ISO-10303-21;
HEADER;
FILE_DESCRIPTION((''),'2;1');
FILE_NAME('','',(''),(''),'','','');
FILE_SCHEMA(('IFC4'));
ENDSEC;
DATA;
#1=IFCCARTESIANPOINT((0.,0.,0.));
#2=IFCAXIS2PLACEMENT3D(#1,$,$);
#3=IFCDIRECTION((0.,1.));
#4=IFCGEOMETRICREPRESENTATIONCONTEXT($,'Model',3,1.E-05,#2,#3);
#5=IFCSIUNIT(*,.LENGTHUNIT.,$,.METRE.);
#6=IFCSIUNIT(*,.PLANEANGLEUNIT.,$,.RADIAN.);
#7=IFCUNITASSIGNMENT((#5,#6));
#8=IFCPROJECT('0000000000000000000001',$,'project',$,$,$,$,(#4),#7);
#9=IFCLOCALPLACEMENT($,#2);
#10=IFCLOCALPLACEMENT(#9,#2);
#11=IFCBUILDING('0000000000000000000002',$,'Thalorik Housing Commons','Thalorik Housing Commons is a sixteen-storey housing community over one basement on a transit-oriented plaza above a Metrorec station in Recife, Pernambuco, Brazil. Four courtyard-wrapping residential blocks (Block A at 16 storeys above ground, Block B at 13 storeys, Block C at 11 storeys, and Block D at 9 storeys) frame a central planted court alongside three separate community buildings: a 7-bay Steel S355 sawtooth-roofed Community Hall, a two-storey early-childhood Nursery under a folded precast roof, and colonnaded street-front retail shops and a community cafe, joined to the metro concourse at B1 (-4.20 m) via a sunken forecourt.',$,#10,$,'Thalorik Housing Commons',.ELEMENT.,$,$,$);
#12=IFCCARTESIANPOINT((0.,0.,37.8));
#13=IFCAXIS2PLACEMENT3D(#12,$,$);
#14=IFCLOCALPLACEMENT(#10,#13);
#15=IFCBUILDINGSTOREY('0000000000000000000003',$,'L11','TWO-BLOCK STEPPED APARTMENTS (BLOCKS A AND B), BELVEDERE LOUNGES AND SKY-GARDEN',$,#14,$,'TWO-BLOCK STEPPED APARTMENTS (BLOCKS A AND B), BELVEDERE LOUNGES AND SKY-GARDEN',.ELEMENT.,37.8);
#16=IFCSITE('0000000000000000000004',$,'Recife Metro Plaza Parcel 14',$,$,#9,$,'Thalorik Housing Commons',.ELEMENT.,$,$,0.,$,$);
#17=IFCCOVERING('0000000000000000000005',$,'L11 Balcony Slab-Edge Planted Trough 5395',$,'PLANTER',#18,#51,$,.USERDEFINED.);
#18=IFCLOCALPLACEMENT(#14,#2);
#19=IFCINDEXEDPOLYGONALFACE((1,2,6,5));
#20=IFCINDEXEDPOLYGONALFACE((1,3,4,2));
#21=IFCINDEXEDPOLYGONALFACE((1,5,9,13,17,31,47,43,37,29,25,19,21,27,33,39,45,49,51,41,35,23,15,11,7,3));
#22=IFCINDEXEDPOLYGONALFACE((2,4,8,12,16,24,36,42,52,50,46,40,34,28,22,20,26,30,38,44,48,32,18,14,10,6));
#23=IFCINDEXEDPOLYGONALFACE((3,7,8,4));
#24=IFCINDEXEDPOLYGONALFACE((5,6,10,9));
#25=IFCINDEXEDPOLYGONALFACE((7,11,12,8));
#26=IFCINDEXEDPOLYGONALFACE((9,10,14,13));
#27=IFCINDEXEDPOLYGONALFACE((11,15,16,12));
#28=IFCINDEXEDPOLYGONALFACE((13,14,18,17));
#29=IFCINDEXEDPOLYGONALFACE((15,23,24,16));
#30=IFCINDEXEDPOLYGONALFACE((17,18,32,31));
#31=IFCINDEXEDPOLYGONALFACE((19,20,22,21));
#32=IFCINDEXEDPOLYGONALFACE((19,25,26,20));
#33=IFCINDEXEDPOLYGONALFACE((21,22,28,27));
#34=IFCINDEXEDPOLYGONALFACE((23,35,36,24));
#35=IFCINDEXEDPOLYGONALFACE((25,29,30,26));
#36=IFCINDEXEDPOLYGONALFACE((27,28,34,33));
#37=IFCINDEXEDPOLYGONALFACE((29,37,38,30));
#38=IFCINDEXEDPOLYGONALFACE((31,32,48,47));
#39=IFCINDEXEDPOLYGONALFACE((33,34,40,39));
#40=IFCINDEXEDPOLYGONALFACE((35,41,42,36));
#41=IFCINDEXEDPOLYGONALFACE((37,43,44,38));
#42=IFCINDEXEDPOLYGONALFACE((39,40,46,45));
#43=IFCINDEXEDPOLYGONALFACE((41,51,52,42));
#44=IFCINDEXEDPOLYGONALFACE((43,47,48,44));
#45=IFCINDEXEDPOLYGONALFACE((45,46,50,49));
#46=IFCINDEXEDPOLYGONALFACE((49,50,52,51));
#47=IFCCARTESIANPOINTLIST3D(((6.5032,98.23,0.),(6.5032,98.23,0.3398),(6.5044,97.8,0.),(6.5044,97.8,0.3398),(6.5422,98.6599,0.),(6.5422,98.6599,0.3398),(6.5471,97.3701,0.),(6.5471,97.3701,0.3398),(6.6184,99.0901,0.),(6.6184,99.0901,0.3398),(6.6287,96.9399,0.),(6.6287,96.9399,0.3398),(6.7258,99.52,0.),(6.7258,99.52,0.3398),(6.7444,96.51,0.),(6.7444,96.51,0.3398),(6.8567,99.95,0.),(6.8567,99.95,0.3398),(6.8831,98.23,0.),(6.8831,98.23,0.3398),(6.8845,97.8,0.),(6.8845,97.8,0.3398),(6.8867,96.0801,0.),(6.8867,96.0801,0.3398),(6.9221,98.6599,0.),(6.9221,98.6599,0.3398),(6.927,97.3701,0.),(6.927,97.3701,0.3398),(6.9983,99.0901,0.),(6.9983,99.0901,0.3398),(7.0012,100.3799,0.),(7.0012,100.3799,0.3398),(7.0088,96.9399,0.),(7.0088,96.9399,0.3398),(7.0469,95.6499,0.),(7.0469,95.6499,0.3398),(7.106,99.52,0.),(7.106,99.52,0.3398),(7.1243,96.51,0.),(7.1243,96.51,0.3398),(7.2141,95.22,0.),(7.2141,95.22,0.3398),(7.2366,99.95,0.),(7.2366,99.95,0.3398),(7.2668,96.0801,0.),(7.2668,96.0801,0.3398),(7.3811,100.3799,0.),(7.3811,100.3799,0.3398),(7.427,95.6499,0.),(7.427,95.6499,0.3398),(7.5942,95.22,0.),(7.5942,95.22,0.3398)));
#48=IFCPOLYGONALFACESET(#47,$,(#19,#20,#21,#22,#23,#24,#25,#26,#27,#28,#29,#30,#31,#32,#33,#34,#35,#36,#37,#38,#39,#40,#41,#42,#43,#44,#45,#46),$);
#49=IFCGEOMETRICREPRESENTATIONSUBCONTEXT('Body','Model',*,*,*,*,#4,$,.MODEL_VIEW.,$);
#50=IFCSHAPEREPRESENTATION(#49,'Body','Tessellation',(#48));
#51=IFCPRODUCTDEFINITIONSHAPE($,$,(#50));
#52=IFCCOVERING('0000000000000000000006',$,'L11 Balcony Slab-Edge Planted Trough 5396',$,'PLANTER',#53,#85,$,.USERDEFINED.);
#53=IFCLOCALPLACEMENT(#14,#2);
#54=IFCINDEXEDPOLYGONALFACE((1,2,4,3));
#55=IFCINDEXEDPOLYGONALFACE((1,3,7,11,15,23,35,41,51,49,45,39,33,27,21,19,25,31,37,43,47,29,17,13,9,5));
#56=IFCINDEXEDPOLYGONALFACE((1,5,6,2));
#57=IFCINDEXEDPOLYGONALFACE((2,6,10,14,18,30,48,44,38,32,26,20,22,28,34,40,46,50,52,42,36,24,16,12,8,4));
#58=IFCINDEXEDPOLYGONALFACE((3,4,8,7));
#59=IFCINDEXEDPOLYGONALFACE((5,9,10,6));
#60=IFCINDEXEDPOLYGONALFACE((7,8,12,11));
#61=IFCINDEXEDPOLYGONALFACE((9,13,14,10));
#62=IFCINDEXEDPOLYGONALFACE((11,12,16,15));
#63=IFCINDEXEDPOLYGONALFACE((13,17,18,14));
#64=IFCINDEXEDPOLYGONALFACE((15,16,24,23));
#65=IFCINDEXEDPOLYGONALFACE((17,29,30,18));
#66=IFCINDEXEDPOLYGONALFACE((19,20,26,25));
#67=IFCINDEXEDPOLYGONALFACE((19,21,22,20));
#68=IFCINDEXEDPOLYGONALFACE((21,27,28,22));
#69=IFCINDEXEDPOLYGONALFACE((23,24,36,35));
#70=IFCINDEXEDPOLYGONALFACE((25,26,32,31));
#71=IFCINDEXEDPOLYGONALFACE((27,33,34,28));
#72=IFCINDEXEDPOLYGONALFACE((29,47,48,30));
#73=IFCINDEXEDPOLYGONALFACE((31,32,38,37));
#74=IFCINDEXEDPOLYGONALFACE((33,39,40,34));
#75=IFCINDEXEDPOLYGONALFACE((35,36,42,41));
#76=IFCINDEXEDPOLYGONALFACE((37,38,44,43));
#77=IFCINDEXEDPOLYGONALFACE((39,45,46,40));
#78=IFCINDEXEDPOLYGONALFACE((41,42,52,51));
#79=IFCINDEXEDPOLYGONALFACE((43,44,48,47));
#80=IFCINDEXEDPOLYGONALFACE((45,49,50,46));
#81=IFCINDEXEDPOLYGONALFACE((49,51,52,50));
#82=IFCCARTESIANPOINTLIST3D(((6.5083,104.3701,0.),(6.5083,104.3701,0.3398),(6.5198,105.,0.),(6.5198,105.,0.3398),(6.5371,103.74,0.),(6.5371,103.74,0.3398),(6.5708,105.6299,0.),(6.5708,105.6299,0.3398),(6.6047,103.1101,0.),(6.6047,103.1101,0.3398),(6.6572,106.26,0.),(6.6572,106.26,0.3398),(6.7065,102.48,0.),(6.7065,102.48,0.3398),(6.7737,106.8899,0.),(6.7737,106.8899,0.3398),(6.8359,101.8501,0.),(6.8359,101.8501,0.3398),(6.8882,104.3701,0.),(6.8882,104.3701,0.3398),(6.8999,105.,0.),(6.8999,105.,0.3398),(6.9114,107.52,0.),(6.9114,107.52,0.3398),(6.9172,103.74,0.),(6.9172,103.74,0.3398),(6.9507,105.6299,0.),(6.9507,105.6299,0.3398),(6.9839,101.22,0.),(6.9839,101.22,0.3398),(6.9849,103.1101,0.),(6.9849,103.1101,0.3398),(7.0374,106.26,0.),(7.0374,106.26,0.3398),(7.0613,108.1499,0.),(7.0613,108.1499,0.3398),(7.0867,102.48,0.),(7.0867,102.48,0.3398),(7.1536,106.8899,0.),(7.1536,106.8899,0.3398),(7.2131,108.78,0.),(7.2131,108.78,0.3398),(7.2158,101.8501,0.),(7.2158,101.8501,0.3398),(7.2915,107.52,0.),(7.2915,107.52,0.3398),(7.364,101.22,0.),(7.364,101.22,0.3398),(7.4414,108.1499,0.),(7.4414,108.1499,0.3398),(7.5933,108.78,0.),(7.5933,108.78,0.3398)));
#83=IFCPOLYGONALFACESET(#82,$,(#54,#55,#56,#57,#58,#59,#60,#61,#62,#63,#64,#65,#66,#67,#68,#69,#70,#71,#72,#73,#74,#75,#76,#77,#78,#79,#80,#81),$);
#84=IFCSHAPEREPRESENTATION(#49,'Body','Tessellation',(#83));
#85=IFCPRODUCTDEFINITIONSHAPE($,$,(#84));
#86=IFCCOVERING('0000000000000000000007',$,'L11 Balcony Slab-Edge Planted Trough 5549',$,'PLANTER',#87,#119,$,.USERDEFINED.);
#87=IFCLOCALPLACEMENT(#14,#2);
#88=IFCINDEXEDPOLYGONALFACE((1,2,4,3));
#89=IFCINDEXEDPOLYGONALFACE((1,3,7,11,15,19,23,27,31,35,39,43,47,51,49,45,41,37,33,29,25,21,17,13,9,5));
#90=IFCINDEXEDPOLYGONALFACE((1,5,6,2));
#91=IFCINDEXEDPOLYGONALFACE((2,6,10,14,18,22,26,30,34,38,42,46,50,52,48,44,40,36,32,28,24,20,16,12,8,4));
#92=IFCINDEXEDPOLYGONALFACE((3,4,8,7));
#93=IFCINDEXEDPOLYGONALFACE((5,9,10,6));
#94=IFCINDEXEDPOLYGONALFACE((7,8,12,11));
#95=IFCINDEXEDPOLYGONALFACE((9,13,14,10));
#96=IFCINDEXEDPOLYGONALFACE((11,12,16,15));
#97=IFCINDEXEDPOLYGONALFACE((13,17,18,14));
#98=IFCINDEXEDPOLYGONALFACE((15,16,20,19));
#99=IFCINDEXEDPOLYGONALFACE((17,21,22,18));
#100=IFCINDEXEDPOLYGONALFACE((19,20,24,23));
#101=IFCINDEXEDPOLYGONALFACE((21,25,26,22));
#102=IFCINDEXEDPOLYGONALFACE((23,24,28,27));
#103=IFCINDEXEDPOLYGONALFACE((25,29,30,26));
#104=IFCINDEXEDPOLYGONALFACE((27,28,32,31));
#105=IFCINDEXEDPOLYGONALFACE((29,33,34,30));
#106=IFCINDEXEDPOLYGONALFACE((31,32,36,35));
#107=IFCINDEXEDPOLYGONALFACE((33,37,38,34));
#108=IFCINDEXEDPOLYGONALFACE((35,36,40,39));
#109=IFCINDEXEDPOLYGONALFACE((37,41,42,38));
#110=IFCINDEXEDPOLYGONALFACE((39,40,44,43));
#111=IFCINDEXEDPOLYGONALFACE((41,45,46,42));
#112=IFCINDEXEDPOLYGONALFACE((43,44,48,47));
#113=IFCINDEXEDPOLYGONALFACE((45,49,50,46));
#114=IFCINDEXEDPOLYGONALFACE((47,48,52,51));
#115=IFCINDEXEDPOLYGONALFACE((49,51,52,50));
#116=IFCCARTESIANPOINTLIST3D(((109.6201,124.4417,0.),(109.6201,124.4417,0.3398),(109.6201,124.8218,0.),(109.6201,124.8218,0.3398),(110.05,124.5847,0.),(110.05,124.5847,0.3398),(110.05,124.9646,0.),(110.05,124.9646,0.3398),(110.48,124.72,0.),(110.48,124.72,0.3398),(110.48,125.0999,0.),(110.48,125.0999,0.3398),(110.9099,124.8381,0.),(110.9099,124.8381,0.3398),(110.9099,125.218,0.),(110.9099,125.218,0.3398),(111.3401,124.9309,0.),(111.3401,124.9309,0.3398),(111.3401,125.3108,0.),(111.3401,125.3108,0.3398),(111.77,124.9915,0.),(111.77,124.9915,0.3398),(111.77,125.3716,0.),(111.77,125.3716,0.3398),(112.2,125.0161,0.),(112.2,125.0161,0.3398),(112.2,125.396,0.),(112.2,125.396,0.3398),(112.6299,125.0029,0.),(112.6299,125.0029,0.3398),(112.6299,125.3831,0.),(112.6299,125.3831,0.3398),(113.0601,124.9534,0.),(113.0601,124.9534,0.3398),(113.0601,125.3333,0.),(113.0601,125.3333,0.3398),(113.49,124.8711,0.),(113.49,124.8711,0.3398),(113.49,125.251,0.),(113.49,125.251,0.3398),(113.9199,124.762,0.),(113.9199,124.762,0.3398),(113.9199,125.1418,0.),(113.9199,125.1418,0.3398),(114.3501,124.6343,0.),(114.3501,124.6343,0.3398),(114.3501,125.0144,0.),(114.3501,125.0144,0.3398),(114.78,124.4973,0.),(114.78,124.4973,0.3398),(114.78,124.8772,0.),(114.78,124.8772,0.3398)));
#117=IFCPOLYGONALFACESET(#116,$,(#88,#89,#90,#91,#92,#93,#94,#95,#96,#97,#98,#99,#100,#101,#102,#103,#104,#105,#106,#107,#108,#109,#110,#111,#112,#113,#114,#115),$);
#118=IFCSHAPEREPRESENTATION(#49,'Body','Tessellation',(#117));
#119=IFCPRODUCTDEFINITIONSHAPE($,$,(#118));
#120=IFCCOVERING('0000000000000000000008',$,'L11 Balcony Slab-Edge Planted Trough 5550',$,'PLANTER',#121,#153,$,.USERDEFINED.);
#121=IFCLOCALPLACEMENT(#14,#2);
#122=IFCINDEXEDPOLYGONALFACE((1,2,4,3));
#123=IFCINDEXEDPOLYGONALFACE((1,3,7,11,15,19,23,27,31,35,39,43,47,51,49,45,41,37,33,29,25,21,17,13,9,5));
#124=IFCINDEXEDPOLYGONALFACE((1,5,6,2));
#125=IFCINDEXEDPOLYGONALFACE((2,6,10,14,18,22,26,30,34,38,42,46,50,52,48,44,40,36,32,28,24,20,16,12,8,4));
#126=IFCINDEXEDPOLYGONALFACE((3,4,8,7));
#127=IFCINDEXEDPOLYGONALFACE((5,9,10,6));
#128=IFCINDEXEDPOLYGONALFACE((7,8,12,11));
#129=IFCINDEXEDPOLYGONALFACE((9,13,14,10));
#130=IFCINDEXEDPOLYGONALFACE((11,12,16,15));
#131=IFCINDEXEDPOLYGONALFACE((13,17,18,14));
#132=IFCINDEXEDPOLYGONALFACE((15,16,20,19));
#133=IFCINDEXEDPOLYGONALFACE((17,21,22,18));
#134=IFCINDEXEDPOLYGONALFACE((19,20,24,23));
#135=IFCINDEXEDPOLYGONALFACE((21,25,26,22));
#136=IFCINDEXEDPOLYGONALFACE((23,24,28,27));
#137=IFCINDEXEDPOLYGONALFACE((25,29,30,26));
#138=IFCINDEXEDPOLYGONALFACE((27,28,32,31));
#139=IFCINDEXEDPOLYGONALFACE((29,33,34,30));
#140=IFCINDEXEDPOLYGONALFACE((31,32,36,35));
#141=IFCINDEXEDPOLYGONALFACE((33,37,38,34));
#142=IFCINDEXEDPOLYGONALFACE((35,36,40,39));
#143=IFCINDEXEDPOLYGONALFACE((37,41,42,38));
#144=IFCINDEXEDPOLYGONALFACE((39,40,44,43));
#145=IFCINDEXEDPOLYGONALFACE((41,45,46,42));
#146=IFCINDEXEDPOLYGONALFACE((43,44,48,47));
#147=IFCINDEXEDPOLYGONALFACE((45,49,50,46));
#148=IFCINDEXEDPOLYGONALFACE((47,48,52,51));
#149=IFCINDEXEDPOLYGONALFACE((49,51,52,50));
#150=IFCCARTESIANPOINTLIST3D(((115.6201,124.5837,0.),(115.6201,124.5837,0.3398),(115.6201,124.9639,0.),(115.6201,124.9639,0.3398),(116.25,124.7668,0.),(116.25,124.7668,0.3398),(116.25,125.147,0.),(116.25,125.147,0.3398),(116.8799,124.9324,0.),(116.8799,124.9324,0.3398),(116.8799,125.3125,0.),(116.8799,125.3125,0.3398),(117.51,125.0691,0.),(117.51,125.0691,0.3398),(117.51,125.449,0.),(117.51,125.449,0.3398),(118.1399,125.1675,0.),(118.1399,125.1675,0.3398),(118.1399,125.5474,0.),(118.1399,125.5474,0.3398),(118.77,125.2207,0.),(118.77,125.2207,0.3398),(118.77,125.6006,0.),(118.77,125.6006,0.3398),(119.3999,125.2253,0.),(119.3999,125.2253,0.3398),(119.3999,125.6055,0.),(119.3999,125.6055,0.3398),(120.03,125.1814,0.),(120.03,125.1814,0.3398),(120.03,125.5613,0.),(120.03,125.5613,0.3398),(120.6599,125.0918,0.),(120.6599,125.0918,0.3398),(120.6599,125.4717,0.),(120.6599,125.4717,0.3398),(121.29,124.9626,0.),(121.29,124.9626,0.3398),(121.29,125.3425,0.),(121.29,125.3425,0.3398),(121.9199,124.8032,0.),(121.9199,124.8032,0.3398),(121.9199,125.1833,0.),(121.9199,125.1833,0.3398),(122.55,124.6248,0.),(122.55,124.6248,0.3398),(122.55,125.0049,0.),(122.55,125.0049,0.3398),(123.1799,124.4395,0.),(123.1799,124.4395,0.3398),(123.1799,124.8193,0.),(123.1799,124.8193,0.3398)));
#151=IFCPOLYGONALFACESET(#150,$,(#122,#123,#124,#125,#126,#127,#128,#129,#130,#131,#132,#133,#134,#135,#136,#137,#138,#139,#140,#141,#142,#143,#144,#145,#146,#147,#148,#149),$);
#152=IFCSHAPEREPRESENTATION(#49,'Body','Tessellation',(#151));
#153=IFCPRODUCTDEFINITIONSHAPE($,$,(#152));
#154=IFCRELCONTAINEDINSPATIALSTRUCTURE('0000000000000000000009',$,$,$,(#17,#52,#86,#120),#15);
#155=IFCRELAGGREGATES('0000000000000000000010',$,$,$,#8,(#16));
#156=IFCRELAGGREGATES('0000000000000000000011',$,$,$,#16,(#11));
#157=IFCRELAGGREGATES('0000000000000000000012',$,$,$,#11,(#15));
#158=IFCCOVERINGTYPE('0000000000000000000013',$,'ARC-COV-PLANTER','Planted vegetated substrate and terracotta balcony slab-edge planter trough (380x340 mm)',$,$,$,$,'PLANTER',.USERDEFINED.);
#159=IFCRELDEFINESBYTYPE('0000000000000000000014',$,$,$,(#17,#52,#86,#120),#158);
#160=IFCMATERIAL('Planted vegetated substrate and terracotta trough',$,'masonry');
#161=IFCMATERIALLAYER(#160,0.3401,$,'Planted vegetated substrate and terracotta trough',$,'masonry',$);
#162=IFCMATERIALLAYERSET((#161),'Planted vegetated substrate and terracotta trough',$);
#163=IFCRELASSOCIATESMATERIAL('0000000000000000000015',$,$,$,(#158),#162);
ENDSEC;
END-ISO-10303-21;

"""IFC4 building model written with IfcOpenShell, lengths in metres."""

from ifc_helpers import new_model, si_unit, direction, frame, origin, place, context, subcontext, project, spatial, polyline, outline, extrude, material, layer, layer_set, type_object, element, save


model = new_model("IFC4")

# Units and contexts
model_context = context("Model", 3, precision=1e-05, world=origin(), true_north=direction((0.0, 1.0)))
body_context = subcontext(model_context, "Body", "Model", "MODEL_VIEW")
ifc_project = project(units=[si_unit("LENGTHUNIT", "METRE"), si_unit("PLANEANGLEUNIT", "RADIAN")], contexts=[model_context])

# Site, building, storey
site_placement = place(None, origin())
site = spatial("IfcSite", under=ifc_project, at=site_placement, Name="Recife Metro Plaza Parcel 14", LongName="Thalorik Housing Commons", CompositionType="ELEMENT", RefElevation=0.0)
building_placement = place(site_placement, origin())
building = spatial("IfcBuilding", under=site, at=building_placement, Name="Thalorik Housing Commons", Description="Thalorik Housing Commons is a sixteen-storey housing community over one basement on a transit-oriented plaza above a Metrorec station in Recife, Pernambuco, Brazil. Four courtyard-wrapping residential blocks (Block A at 16 storeys above ground, Block B at 13 storeys, Block C at 11 storeys, and Block D at 9 storeys) frame a central planted court alongside three separate community buildings: a 7-bay Steel S355 sawtooth-roofed Community Hall, a two-storey early-childhood Nursery under a folded precast roof, and colonnaded street-front retail shops and a community cafe, joined to the metro concourse at B1 (-4.20 m) via a sunken forecourt.", LongName="Thalorik Housing Commons", CompositionType="ELEMENT")
storey_placement = place(building_placement, frame((0.0, 0.0, 37.8)))
storey = spatial("IfcBuildingStorey", under=building, at=storey_placement, Name="L11", Description="TWO-BLOCK STEPPED APARTMENTS (BLOCKS A AND B), BELVEDERE LOUNGES AND SKY-GARDEN", LongName="TWO-BLOCK STEPPED APARTMENTS (BLOCKS A AND B), BELVEDERE LOUNGES AND SKY-GARDEN", CompositionType="ELEMENT", Elevation=37.8)

# Coverings
ifc_material_1 = material(Name="Planted vegetated substrate and terracotta trough", Category="masonry")
ifc_layer_1 = layer(ifc_material_1, 0.3401, Name="Planted vegetated substrate and terracotta trough", Category="masonry")
ifc_layer_set_1 = layer_set([ifc_layer_1], Name="Planted vegetated substrate and terracotta trough")
covering_type_1 = type_object("IfcCoveringType", Name="ARC-COV-PLANTER", Description="Planted vegetated substrate and terracotta balcony slab-edge planter trough (380x340 mm)", ElementType="PLANTER", PredefinedType="USERDEFINED", material=ifc_layer_set_1)
covering_1_placement = place(storey_placement, origin())
element("IfcCovering", 1, at=covering_1_placement, inside=storey, type_object=covering_type_1, Name="L11 Balcony Slab-Edge Planted Trough 5395", ObjectType="PLANTER", PredefinedType="USERDEFINED", context=body_context, shape_type="SweptSolid", body=[
    extrude(outline(polyline([(7.0012, 100.3799), (6.8567, 99.95), (6.7258, 99.52), (6.6184, 99.0901), (6.5422, 98.6599), (6.5032, 98.23), (6.5044, 97.8), (6.5471, 97.3701), (6.6287, 96.9399), (6.7444, 96.51), (6.8867, 96.0801), (7.0469, 95.6499), (7.2141, 95.22), (7.5942, 95.22), (7.427, 95.6499), (7.2668, 96.0801), (7.1243, 96.51), (7.0088, 96.9399), (6.927, 97.3701), (6.8845, 97.8), (6.8831, 98.23), (6.9221, 98.6599), (6.9983, 99.0901), (7.106, 99.52), (7.2366, 99.95), (7.3811, 100.3799), (7.0012, 100.3799)])), origin(), (0.0, 0.0, 1.0), 0.3398),
])
covering_2_placement = place(storey_placement, origin())
element("IfcCovering", 2, at=covering_2_placement, inside=storey, type_object=covering_type_1, Name="L11 Balcony Slab-Edge Planted Trough 5396", ObjectType="PLANTER", PredefinedType="USERDEFINED", context=body_context, shape_type="SweptSolid", body=[
    extrude(outline(polyline([(7.2131, 108.78), (7.0613, 108.1499), (6.9114, 107.52), (6.7737, 106.8899), (6.6572, 106.26), (6.5708, 105.6299), (6.5198, 105.0), (6.5083, 104.3701), (6.5371, 103.74), (6.6047, 103.1101), (6.7065, 102.48), (6.8359, 101.8501), (6.9839, 101.22), (7.364, 101.22), (7.2158, 101.8501), (7.0867, 102.48), (6.9849, 103.1101), (6.9172, 103.74), (6.8882, 104.3701), (6.8999, 105.0), (6.9507, 105.6299), (7.0374, 106.26), (7.1536, 106.8899), (7.2915, 107.52), (7.4414, 108.1499), (7.5933, 108.78), (7.2131, 108.78)])), origin(), (0.0, 0.0, 1.0), 0.3398),
])
covering_3_placement = place(storey_placement, origin())
element("IfcCovering", 3, at=covering_3_placement, inside=storey, type_object=covering_type_1, Name="L11 Balcony Slab-Edge Planted Trough 5549", ObjectType="PLANTER", PredefinedType="USERDEFINED", context=body_context, shape_type="SweptSolid", body=[
    extrude(outline(polyline([(114.78, 124.8772), (114.3501, 125.0144), (113.9199, 125.1418), (113.49, 125.251), (113.0601, 125.3333), (112.6299, 125.3831), (112.2, 125.396), (111.77, 125.3716), (111.3401, 125.3108), (110.9099, 125.218), (110.48, 125.0999), (110.05, 124.9646), (109.6201, 124.8218), (109.6201, 124.4417), (110.05, 124.5847), (110.48, 124.72), (110.9099, 124.8381), (111.3401, 124.9309), (111.77, 124.9915), (112.2, 125.0161), (112.6299, 125.0029), (113.0601, 124.9534), (113.49, 124.8711), (113.9199, 124.762), (114.3501, 124.6343), (114.78, 124.4973), (114.78, 124.8772)])), origin(), (0.0, 0.0, 1.0), 0.3398),
])
covering_4_placement = place(storey_placement, origin())
element("IfcCovering", 4, at=covering_4_placement, inside=storey, type_object=covering_type_1, Name="L11 Balcony Slab-Edge Planted Trough 5550", ObjectType="PLANTER", PredefinedType="USERDEFINED", context=body_context, shape_type="SweptSolid", body=[
    extrude(outline(polyline([(123.1799, 124.8193), (122.55, 125.0049), (121.9199, 125.1833), (121.29, 125.3425), (120.6599, 125.4717), (120.03, 125.5613), (119.3999, 125.6055), (118.77, 125.6006), (118.1399, 125.5474), (117.51, 125.449), (116.8799, 125.3125), (116.25, 125.147), (115.6201, 124.9639), (115.6201, 124.5837), (116.25, 124.7668), (116.8799, 124.9324), (117.51, 125.0691), (118.1399, 125.1675), (118.77, 125.2207), (119.3999, 125.2253), (120.03, 125.1814), (120.6599, 125.0918), (121.29, 124.9626), (121.9199, 124.8032), (122.55, 124.6248), (123.1799, 124.4395), (123.1799, 124.8193)])), origin(), (0.0, 0.0, 1.0), 0.3398),
])

save(model, "model.ifc")
